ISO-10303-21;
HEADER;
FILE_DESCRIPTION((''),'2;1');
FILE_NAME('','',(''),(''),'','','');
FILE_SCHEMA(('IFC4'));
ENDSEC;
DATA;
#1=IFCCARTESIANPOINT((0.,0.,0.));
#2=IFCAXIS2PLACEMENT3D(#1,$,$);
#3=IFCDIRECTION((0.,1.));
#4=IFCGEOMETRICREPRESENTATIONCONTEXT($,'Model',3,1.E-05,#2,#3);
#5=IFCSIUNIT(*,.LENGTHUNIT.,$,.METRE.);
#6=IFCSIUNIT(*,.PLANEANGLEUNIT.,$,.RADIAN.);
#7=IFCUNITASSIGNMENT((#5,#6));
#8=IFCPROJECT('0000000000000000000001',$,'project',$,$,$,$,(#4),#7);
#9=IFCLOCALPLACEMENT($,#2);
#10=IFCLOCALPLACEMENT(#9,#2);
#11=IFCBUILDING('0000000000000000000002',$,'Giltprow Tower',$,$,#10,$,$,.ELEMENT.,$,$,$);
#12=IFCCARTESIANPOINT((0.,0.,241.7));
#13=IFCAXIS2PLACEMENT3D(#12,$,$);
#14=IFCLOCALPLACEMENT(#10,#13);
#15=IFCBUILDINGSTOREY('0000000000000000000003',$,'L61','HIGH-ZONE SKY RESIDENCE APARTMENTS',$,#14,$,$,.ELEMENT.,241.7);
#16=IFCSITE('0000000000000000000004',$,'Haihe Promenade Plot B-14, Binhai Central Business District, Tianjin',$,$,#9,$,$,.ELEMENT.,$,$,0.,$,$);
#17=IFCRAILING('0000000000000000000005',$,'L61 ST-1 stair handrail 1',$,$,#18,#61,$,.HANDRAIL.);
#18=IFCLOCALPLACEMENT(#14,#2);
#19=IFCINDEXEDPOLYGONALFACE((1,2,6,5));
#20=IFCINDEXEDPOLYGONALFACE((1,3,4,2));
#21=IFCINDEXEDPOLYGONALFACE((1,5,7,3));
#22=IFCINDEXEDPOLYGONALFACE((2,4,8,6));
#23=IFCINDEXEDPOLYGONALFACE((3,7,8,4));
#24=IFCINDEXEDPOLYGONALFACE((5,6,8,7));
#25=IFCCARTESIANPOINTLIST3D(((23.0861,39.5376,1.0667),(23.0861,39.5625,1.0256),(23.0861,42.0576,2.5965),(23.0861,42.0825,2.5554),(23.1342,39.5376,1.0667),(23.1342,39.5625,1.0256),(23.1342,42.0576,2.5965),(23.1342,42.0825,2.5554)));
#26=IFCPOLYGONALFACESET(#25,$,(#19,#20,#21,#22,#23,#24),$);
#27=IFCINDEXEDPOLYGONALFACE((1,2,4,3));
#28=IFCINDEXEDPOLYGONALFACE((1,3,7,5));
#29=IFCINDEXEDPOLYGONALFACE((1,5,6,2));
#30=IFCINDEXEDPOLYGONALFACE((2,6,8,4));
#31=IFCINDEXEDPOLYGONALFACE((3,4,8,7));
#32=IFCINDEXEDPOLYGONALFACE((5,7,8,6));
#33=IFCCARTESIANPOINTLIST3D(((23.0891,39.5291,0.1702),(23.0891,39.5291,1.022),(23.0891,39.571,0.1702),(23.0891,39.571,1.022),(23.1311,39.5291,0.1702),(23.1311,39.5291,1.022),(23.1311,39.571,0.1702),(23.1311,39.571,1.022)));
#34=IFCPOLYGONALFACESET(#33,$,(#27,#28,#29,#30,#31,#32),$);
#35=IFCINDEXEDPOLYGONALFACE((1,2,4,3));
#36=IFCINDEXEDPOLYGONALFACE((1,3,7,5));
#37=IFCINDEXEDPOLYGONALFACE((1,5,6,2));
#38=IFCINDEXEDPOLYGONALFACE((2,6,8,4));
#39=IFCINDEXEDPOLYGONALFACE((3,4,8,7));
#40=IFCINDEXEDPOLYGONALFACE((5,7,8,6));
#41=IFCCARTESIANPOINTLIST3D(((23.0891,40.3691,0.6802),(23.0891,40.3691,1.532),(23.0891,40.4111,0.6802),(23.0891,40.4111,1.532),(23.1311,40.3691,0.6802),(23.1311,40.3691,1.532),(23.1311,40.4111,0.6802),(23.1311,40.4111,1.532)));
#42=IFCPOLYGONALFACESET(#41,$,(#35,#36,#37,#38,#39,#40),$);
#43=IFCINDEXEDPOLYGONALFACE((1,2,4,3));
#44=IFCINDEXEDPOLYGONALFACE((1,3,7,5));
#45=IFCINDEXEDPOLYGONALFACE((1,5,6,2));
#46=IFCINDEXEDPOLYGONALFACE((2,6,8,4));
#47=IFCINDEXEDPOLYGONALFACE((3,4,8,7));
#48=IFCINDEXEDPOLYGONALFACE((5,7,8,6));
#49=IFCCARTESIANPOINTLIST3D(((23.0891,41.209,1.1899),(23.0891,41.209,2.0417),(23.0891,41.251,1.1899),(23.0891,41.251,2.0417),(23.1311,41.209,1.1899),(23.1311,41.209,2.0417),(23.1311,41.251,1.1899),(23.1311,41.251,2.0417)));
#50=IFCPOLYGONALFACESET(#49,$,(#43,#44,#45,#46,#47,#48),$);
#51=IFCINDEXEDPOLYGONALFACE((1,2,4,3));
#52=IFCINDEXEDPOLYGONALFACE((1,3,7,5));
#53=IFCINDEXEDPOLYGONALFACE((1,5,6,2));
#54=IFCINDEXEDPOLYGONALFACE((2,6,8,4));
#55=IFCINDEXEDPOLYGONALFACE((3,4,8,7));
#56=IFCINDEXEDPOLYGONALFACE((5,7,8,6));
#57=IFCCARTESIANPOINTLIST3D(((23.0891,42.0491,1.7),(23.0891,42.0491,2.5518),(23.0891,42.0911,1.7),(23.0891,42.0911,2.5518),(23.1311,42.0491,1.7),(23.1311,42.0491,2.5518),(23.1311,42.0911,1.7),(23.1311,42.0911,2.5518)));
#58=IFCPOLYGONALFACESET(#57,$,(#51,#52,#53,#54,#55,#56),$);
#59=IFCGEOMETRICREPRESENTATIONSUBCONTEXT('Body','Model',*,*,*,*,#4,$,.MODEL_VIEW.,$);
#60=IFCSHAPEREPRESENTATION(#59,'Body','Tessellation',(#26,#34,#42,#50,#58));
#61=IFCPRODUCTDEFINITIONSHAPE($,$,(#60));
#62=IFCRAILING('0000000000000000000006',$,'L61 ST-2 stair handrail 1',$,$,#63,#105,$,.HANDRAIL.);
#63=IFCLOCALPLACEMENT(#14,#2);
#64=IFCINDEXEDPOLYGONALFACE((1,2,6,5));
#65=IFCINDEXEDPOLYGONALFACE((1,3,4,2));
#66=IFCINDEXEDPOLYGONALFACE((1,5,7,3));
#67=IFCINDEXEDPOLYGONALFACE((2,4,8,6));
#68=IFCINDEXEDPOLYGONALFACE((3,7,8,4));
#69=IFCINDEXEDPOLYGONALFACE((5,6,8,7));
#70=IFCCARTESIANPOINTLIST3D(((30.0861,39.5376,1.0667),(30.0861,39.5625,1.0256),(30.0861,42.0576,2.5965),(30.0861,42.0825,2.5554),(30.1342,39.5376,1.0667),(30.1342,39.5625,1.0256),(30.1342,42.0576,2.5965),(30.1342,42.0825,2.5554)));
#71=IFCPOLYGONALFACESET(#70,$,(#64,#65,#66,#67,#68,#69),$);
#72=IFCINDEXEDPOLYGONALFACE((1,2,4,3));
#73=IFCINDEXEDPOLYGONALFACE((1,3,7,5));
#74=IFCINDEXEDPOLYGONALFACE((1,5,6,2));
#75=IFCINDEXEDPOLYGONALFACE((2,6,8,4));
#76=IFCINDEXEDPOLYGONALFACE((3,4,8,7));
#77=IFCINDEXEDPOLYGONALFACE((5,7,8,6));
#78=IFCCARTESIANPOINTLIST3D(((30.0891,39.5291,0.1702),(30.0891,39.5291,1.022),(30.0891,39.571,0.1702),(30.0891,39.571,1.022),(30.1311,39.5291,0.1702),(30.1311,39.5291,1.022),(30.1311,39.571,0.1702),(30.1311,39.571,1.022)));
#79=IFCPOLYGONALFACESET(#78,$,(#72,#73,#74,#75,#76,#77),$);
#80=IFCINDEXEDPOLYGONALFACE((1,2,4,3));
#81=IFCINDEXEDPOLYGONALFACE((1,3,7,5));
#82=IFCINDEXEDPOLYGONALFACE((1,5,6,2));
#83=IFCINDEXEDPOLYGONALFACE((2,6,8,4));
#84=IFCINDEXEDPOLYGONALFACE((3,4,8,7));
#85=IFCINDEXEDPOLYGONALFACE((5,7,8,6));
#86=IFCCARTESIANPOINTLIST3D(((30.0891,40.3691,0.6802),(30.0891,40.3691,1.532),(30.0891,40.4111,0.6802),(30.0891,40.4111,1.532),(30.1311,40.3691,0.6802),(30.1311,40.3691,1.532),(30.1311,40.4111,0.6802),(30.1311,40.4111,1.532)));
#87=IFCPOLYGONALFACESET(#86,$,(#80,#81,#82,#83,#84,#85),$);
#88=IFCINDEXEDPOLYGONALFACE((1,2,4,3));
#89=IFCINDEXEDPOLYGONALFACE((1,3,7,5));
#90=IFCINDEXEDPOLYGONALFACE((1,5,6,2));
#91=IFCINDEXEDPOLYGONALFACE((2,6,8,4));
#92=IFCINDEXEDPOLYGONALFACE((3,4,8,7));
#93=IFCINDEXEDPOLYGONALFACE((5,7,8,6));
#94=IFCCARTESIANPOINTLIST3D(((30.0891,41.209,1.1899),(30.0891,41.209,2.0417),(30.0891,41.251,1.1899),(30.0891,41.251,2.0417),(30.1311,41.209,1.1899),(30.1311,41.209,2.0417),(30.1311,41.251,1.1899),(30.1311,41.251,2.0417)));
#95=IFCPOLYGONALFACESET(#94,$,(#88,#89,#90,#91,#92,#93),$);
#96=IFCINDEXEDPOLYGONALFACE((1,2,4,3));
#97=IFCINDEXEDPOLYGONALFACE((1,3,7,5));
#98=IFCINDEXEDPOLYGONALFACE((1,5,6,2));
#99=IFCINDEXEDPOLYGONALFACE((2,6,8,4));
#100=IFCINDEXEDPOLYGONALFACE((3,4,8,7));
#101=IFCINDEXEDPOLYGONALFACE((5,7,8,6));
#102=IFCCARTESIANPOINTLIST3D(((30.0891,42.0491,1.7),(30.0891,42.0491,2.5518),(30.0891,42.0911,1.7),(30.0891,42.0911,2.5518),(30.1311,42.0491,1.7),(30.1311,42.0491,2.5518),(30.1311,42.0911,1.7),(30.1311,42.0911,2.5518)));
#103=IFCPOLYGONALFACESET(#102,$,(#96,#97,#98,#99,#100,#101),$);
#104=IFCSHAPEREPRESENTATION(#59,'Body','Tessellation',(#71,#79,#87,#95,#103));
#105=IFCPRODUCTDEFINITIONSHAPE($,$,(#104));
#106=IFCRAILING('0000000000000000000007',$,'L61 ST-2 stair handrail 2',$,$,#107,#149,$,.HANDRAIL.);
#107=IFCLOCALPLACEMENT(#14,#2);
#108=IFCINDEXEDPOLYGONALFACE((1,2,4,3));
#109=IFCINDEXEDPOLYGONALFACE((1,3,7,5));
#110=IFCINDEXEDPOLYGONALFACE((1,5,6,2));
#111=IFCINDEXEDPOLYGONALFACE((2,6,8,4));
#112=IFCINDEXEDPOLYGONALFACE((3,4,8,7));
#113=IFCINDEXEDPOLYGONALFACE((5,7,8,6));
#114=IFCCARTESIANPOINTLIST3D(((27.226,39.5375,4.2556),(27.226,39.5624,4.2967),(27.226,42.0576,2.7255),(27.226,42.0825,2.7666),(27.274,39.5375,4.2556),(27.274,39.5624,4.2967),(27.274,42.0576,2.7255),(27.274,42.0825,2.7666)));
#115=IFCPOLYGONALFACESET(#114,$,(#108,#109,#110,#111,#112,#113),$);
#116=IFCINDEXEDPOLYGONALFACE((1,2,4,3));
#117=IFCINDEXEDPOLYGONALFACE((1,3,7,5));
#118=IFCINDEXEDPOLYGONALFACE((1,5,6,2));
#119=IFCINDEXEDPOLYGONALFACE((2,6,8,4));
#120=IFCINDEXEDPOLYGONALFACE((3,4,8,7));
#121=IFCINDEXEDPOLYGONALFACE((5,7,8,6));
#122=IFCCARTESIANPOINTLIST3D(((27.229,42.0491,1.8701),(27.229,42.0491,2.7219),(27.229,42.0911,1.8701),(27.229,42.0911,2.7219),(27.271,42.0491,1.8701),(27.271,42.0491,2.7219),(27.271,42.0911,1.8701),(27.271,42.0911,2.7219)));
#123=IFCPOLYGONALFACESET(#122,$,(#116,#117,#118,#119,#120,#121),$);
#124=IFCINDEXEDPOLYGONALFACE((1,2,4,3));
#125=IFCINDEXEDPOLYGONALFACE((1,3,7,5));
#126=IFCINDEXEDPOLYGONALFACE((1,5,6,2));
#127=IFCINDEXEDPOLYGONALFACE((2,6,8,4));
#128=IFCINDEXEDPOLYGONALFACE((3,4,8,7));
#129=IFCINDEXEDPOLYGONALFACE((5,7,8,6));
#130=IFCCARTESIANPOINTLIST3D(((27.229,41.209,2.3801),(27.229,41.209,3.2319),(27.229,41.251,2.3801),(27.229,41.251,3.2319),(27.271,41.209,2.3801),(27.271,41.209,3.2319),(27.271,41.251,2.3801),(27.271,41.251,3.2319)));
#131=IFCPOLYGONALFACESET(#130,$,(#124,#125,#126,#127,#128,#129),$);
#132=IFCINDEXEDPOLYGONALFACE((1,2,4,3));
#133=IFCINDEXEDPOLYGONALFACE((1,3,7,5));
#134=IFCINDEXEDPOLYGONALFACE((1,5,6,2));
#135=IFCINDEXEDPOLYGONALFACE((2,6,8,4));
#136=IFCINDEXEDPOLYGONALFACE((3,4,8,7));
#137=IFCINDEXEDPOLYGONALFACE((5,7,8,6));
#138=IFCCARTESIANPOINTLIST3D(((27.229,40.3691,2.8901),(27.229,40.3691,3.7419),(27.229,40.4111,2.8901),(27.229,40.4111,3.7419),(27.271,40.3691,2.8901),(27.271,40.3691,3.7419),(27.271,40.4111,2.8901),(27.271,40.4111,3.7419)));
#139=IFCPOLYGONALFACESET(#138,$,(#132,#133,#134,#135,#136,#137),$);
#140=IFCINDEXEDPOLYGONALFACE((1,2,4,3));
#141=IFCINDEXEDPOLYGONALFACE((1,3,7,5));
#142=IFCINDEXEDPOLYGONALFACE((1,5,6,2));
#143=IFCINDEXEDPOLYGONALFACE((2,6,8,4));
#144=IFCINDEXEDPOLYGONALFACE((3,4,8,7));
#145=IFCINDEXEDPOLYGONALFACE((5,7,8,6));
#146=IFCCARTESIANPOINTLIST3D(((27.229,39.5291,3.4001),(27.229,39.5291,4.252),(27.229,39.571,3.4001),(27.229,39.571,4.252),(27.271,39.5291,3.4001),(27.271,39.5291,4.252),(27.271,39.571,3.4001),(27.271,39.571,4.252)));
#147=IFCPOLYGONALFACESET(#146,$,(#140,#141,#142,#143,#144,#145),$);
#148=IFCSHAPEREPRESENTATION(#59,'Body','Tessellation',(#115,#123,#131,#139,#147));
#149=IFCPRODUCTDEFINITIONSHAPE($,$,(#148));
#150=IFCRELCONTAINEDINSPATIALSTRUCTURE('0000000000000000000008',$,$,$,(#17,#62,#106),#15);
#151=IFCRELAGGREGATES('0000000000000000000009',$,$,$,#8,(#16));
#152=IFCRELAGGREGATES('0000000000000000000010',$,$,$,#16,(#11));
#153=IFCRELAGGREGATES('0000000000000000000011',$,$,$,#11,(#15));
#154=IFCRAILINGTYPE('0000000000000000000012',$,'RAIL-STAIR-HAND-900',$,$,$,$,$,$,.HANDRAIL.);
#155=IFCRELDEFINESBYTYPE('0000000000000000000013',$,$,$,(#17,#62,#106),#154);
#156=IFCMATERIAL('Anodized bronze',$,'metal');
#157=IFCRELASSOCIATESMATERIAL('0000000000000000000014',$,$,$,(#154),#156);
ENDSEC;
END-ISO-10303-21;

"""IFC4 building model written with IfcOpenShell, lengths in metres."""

from ifc_helpers import new_model, si_unit, direction, frame, origin, origin_2d, place, context, subcontext, project, spatial, rectangle, extrude, material, type_object, element, save


model = new_model("IFC4")

# Units and contexts
model_context = context("Model", 3, precision=1e-05, world=origin(), true_north=direction((0.0, 1.0)))
body_context = subcontext(model_context, "Body", "Model", "MODEL_VIEW")
ifc_project = project(units=[si_unit("LENGTHUNIT", "METRE"), si_unit("PLANEANGLEUNIT", "RADIAN")], contexts=[model_context])

# Site, building, storey
site_placement = place(None, origin())
site = spatial("IfcSite", under=ifc_project, at=site_placement, Name="Haihe Promenade Plot B-14, Binhai Central Business District, Tianjin", CompositionType="ELEMENT", RefElevation=0.0)
building_placement = place(site_placement, origin())
building = spatial("IfcBuilding", under=site, at=building_placement, Name="Giltprow Tower", CompositionType="ELEMENT")
storey_placement = place(building_placement, frame((0.0, 0.0, 241.7)))
storey = spatial("IfcBuildingStorey", under=building, at=storey_placement, Name="L61", Description="HIGH-ZONE SKY RESIDENCE APARTMENTS", CompositionType="ELEMENT", Elevation=241.7)

# Railings
ifc_material_1 = material(Name="Anodized bronze", Category="metal")
railing_type_1 = type_object("IfcRailingType", Name="RAIL-STAIR-HAND-900", PredefinedType="HANDRAIL", material=ifc_material_1)
for number, where, name in (
    (1, (23.1101, 39.55, 0.1702), "L61 ST-1 stair handrail 1"),
    (2, (30.1101, 39.55, 0.1702), "L61 ST-2 stair handrail 1"),
):
    element("IfcRailing", number, at=place(storey_placement, frame(where)), inside=storey, type_object=railing_type_1, Name=name, PredefinedType="HANDRAIL", context=body_context, shape_type="SweptSolid", body=[
        extrude(rectangle(XDim=0.0481, YDim=0.0481, at=origin_2d()), frame((0.0, 0.0, 0.876), z_axis=(0.0, 0.854822, 0.518922), x_axis=(-1.0, 0.0, 0.0)), (0.0, 0.0, 1.0), 2.948),
        extrude(rectangle(XDim=0.042, YDim=0.042, at=origin_2d()), origin(), (0.0, 0.0, 1.0), 0.8518),
        extrude(rectangle(XDim=0.042, YDim=0.042, at=origin_2d()), frame((0.0, 0.8401, 0.51)), (0.0, 0.0, 1.0), 0.8518),
        extrude(rectangle(XDim=0.042, YDim=0.042, at=origin_2d()), frame((0.0, 1.6799, 1.0198)), (0.0, 0.0, 1.0), 0.8518),
        extrude(rectangle(XDim=0.042, YDim=0.042, at=origin_2d()), frame((0.0, 2.52, 1.5298)), (0.0, 0.0, 1.0), 0.8518),
    ])
railing_1_placement = place(storey_placement, frame((27.25, 42.0701, 1.8701)))
element("IfcRailing", 3, at=railing_1_placement, inside=storey, type_object=railing_type_1, Name="L61 ST-2 stair handrail 2", PredefinedType="HANDRAIL", context=body_context, shape_type="SweptSolid", body=[
    extrude(rectangle(XDim=0.0481, YDim=0.0481, at=origin_2d()), frame((0.0, 0.0, 0.876), z_axis=(0.0, -0.854785, 0.518982), x_axis=(1.0, 0.0, 0.0)), (0.0, 0.0, 1.0), 2.9482),
    extrude(rectangle(XDim=0.042, YDim=0.042, at=origin_2d()), origin(), (0.0, 0.0, 1.0), 0.8518),
    extrude(rectangle(XDim=0.042, YDim=0.042, at=origin_2d()), frame((0.0, -0.8401, 0.51)), (0.0, 0.0, 1.0), 0.8518),
    extrude(rectangle(XDim=0.042, YDim=0.042, at=origin_2d()), frame((0.0, -1.6799, 1.02)), (0.0, 0.0, 1.0), 0.8518),
    extrude(rectangle(XDim=0.042, YDim=0.042, at=origin_2d()), frame((0.0, -2.52, 1.53)), (0.0, 0.0, 1.0), 0.8518),
])

save(model, "model.ifc")
